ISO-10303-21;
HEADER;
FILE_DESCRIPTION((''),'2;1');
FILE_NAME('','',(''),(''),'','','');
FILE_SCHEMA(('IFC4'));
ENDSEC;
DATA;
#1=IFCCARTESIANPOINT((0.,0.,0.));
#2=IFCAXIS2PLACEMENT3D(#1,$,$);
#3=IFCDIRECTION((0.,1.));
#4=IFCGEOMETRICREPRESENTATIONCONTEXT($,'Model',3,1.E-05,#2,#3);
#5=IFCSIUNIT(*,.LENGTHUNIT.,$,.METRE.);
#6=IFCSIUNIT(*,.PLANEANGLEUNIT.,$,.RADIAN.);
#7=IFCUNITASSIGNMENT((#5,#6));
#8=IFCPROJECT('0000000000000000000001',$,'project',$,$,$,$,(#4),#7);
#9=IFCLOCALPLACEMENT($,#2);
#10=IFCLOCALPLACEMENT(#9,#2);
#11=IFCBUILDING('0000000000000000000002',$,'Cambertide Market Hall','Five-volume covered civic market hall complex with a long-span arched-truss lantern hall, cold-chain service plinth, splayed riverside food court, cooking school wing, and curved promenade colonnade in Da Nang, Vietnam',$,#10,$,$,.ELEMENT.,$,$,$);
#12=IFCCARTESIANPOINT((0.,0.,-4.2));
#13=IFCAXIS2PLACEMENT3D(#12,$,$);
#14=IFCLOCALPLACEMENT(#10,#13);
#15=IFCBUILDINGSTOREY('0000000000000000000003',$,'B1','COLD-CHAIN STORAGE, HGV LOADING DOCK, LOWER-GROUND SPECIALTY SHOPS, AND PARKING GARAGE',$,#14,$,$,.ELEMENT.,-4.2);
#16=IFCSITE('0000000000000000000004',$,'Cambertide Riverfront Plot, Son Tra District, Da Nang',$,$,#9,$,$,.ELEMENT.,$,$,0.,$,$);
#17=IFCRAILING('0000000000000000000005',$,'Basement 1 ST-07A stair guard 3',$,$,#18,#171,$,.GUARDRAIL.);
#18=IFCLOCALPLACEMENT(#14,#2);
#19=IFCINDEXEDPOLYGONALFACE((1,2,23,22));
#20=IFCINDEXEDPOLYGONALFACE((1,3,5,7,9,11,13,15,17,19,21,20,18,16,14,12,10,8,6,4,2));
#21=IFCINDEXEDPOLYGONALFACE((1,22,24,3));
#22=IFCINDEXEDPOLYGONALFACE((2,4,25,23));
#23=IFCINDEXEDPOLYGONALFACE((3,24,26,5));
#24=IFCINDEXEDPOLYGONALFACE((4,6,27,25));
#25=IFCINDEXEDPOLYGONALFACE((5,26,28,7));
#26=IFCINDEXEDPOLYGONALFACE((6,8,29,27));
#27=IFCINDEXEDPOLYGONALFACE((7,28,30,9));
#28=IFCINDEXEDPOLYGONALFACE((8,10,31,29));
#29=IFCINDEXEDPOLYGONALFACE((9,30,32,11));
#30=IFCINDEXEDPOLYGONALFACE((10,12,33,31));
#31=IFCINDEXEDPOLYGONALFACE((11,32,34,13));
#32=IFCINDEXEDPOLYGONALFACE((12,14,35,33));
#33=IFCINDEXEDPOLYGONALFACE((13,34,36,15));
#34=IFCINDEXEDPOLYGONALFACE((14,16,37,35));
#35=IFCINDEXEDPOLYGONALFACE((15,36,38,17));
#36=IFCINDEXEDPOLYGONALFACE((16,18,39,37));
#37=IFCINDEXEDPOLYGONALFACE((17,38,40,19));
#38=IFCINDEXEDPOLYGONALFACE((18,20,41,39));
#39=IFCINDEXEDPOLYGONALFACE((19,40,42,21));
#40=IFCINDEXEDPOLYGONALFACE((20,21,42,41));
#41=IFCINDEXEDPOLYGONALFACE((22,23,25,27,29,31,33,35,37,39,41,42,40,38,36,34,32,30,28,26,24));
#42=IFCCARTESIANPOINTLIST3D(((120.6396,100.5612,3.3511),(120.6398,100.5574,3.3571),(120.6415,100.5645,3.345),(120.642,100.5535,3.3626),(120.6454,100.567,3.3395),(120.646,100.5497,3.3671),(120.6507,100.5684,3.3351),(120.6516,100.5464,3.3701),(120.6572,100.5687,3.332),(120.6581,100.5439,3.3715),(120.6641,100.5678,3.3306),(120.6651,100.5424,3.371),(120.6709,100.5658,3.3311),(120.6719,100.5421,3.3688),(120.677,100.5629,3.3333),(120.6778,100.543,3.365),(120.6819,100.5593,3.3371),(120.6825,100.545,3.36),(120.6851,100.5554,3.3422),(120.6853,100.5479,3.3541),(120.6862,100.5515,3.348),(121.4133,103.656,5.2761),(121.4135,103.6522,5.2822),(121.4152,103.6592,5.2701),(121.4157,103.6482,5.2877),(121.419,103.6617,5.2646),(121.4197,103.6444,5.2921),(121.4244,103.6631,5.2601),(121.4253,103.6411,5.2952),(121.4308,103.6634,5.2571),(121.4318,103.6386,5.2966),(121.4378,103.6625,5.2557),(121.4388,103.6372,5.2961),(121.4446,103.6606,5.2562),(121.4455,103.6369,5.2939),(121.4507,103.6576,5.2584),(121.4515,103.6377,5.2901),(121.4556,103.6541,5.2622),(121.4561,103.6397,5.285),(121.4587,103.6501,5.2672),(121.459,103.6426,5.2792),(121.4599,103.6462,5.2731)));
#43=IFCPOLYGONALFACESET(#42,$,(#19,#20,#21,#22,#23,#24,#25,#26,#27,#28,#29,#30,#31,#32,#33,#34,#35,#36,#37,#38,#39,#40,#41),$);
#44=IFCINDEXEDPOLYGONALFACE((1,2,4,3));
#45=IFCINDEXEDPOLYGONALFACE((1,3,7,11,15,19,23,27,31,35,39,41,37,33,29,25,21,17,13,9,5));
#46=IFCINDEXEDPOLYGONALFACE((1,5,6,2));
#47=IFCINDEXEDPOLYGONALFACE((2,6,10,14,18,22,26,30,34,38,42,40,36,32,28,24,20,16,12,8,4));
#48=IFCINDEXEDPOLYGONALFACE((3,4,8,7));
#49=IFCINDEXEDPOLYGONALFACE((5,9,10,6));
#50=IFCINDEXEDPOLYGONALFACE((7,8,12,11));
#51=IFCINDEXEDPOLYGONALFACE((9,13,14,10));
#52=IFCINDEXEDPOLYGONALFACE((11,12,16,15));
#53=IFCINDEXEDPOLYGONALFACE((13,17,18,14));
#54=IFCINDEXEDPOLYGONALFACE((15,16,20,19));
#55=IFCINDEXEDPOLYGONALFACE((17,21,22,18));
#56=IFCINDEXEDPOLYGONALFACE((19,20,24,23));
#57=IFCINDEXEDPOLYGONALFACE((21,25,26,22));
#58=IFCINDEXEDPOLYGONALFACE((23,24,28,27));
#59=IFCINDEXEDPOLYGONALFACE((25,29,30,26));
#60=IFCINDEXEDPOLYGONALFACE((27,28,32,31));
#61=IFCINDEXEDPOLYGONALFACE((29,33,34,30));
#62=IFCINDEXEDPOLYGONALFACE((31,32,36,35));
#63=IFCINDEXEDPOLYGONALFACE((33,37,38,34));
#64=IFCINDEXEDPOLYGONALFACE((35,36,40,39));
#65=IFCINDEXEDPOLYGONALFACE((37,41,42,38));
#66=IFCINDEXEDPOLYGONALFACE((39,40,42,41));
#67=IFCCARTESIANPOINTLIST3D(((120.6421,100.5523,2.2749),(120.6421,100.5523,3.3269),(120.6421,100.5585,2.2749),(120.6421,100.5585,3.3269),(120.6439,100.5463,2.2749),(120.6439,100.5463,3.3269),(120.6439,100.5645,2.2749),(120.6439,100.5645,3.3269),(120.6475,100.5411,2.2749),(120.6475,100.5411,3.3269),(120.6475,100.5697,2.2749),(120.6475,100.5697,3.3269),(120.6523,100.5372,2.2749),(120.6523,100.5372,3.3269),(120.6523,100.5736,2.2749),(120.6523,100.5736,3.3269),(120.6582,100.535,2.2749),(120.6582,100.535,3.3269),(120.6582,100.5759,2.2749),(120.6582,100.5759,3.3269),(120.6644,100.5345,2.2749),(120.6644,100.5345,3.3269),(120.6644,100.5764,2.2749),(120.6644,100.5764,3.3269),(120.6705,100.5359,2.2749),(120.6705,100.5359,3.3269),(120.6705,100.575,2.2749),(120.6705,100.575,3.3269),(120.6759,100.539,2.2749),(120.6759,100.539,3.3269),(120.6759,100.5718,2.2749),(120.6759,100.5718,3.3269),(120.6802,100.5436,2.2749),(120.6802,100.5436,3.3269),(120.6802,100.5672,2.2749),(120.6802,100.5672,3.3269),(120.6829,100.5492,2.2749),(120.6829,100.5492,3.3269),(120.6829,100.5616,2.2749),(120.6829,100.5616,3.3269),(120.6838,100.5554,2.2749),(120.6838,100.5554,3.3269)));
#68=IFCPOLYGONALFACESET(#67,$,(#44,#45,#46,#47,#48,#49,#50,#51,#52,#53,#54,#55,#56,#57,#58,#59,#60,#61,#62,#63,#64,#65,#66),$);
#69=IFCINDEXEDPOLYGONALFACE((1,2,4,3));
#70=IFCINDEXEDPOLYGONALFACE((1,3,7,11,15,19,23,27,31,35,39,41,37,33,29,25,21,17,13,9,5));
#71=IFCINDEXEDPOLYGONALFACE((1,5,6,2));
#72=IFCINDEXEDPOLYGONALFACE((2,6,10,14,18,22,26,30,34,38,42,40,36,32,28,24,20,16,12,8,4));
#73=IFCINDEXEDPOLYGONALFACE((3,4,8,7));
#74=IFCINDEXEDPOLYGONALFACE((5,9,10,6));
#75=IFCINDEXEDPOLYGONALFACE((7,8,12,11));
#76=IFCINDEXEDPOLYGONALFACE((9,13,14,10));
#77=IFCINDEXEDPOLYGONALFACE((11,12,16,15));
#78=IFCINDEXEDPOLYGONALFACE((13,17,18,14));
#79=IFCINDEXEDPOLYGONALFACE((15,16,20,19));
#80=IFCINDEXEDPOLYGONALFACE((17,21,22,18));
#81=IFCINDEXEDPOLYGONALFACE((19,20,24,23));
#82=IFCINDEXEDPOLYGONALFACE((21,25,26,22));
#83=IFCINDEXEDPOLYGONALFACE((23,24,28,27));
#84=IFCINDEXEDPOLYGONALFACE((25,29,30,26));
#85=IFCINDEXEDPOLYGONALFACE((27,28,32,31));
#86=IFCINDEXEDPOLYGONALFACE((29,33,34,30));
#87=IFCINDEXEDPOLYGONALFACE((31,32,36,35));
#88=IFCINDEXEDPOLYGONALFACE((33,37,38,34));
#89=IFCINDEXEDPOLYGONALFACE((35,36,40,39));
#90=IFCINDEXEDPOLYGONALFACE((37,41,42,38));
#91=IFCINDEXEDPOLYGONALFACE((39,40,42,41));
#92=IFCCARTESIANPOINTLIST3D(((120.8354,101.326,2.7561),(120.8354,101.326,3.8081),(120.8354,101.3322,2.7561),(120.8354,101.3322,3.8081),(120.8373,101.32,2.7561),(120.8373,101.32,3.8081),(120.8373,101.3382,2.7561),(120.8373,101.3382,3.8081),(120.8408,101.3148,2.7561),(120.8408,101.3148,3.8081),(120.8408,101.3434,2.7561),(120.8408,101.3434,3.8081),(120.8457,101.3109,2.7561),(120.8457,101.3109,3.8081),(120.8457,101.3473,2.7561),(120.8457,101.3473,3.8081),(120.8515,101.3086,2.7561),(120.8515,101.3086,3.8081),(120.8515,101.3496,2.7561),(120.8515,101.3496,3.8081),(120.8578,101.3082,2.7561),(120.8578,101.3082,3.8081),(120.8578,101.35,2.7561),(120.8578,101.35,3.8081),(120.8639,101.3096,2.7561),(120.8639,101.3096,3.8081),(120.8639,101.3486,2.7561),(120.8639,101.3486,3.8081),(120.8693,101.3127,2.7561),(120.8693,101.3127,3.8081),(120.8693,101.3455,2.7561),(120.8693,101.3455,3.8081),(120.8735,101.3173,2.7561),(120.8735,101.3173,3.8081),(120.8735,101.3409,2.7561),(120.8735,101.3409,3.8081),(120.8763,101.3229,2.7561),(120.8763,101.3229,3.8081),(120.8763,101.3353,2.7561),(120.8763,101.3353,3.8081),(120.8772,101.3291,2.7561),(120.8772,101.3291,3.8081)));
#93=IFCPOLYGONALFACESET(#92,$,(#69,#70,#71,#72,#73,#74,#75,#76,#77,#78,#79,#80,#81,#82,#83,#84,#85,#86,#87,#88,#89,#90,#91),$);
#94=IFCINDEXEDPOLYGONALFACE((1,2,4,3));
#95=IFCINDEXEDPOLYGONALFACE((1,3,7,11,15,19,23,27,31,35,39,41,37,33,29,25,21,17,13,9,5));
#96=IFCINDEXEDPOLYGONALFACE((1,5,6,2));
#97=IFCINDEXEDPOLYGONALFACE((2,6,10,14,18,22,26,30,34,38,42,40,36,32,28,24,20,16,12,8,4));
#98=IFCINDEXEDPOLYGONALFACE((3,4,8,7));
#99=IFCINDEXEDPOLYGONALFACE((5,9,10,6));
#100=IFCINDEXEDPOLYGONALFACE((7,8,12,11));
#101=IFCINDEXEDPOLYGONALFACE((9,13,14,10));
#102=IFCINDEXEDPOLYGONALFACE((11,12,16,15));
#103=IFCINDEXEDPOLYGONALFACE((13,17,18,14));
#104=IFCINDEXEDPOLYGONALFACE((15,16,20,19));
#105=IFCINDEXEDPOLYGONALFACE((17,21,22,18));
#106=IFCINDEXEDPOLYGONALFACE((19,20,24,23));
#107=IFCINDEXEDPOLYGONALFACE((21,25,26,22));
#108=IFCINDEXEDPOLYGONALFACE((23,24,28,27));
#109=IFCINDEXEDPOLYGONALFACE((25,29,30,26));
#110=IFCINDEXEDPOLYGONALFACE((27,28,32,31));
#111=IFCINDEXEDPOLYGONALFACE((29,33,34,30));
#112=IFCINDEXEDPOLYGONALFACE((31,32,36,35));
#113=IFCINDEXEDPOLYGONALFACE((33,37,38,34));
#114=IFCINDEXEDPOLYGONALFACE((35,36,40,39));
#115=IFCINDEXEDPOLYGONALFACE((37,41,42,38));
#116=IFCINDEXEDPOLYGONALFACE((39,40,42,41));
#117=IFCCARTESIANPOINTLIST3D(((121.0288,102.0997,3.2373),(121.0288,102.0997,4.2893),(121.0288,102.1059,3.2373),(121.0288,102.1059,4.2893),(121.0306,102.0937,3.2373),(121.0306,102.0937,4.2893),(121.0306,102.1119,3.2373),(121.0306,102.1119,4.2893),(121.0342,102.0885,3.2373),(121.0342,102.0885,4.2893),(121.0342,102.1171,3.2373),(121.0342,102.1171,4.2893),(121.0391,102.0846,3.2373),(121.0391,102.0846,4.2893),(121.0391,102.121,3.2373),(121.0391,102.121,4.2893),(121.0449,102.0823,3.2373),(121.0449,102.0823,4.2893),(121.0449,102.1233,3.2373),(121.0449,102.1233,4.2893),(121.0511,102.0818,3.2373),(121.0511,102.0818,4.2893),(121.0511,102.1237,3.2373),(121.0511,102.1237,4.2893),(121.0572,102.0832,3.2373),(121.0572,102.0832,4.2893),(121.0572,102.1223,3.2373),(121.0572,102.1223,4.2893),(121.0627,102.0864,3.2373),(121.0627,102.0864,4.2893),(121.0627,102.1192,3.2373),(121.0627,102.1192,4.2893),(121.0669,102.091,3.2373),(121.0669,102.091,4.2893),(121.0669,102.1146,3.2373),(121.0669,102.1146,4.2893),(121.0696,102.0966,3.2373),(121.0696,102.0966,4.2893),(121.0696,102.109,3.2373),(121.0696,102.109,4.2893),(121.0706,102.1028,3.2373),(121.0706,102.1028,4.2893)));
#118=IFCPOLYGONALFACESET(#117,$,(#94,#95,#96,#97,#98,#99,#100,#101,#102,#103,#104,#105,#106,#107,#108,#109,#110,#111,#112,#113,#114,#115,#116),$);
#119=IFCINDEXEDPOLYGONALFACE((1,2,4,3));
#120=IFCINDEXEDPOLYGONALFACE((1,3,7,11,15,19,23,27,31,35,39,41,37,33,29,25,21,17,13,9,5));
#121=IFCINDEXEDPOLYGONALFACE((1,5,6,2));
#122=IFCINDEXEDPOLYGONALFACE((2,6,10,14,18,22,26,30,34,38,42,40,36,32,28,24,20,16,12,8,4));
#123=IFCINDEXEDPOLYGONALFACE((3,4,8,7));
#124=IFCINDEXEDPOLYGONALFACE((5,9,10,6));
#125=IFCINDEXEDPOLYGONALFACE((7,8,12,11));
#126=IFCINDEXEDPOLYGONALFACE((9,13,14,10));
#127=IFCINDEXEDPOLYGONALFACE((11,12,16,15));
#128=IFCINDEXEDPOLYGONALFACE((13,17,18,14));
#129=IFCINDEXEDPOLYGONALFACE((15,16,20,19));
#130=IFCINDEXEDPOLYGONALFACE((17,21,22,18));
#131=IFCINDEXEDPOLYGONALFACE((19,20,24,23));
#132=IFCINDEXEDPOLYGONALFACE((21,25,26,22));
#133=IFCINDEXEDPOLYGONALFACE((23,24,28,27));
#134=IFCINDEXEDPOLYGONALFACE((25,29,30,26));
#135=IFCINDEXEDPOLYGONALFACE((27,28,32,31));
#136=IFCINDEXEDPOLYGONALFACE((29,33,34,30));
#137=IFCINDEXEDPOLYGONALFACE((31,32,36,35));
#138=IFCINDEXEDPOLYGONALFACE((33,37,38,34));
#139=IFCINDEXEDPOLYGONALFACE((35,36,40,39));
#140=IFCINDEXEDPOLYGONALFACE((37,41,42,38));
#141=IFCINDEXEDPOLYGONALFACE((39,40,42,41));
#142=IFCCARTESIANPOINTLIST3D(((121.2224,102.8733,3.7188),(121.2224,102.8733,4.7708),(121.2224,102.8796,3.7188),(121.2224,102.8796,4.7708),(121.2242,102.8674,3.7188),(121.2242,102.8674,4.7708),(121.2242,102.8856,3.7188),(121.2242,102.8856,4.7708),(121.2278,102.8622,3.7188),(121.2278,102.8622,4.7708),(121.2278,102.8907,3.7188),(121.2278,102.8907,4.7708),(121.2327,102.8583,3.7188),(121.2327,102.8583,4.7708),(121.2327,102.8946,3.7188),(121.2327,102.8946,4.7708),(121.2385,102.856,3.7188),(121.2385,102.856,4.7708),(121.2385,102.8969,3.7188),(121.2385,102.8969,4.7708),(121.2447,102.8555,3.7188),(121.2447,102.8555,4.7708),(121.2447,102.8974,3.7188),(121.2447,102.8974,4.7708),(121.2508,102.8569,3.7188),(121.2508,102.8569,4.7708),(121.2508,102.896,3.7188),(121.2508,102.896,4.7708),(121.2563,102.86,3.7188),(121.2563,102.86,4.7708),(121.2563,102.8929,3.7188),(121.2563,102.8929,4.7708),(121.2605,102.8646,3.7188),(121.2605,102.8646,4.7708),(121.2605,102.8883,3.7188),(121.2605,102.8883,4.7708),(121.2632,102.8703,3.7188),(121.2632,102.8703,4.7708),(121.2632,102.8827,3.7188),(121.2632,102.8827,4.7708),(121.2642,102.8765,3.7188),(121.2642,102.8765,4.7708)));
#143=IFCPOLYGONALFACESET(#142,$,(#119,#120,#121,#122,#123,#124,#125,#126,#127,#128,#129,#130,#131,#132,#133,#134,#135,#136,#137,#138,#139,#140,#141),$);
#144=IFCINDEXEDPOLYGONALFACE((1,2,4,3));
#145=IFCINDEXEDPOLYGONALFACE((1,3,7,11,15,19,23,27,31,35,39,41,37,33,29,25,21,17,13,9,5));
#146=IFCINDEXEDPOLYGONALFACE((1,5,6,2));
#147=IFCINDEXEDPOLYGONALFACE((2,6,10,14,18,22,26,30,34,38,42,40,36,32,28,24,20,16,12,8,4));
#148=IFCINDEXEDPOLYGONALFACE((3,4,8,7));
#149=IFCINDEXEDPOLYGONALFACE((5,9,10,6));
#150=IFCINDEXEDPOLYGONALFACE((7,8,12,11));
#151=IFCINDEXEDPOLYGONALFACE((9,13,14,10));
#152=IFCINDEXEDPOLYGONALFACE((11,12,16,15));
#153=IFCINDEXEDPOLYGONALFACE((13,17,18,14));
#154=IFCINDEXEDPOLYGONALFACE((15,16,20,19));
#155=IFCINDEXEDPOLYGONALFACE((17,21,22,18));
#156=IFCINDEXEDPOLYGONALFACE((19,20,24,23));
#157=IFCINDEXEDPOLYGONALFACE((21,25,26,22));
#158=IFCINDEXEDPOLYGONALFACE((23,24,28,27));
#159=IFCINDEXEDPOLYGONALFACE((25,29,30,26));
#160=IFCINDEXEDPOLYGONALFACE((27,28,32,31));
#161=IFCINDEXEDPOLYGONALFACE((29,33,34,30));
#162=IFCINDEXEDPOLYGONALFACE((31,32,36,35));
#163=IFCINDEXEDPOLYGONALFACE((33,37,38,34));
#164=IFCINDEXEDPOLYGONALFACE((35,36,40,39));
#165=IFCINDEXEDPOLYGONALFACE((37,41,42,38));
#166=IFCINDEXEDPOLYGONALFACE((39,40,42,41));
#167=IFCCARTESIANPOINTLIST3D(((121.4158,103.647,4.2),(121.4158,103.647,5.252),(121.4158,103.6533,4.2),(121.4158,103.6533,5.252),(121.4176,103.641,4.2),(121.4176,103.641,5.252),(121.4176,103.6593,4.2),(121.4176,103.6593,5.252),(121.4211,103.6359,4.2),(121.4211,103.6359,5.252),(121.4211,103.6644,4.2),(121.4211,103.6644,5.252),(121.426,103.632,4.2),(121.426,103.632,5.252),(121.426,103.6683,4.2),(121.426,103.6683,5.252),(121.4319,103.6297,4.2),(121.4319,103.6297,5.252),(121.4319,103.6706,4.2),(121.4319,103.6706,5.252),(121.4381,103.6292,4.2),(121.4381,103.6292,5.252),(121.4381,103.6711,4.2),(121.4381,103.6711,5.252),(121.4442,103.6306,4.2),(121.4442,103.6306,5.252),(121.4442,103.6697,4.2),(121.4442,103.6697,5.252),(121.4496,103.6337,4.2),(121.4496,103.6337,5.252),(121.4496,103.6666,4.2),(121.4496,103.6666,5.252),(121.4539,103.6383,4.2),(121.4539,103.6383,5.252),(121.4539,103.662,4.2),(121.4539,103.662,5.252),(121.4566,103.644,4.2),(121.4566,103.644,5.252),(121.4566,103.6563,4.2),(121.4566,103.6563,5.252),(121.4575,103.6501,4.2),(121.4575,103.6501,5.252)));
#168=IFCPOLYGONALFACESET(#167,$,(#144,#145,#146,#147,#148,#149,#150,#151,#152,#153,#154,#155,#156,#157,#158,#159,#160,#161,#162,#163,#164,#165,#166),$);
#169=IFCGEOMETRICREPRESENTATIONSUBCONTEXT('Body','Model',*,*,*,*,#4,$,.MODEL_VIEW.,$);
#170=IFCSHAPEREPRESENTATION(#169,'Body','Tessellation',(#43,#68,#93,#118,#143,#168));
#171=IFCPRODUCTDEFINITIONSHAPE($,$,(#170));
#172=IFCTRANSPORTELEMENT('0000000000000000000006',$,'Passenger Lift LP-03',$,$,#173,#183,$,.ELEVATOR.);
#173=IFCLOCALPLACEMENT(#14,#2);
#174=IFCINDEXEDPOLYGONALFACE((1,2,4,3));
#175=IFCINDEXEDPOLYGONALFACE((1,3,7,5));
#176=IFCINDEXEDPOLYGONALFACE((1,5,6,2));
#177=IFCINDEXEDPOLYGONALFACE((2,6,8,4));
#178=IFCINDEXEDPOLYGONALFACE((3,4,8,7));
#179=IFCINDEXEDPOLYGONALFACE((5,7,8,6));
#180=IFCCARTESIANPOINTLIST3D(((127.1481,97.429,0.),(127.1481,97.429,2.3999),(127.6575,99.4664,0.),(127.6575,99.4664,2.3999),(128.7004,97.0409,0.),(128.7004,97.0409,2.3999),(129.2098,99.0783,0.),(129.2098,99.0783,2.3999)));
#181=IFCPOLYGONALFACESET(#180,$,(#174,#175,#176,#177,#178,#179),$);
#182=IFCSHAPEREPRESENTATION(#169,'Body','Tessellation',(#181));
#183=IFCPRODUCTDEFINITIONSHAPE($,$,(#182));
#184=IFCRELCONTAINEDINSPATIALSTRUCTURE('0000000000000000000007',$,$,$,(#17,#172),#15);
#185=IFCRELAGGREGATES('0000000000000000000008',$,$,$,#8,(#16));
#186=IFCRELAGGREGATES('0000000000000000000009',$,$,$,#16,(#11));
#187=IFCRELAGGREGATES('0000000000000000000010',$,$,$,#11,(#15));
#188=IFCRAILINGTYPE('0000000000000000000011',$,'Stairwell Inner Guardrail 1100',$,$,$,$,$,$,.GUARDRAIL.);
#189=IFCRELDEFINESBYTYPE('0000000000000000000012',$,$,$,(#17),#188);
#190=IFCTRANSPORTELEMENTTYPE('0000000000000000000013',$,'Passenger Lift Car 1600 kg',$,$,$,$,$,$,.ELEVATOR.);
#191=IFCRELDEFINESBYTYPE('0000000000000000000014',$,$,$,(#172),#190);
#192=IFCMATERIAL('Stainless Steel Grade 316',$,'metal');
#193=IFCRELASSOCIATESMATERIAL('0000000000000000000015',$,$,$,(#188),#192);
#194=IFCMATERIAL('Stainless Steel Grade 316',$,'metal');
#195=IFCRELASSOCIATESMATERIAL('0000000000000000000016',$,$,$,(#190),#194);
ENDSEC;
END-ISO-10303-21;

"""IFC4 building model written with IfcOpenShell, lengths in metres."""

from ifc_helpers import new_model, si_unit, direction, frame, origin, origin_2d, place, context, subcontext, project, spatial, rectangle, circle, extrude, material, type_object, element, save


model = new_model("IFC4")

# Units and contexts
model_context = context("Model", 3, precision=1e-05, world=origin(), true_north=direction((0.0, 1.0)))
body_context = subcontext(model_context, "Body", "Model", "MODEL_VIEW")
ifc_project = project(units=[si_unit("LENGTHUNIT", "METRE"), si_unit("PLANEANGLEUNIT", "RADIAN")], contexts=[model_context])

# Site, building, storey
site_placement = place(None, origin())
site = spatial("IfcSite", under=ifc_project, at=site_placement, Name="Cambertide Riverfront Plot, Son Tra District, Da Nang", CompositionType="ELEMENT", RefElevation=0.0)
building_placement = place(site_placement, origin())
building = spatial("IfcBuilding", under=site, at=building_placement, Name="Cambertide Market Hall", Description="Five-volume covered civic market hall complex with a long-span arched-truss lantern hall, cold-chain service plinth, splayed riverside food court, cooking school wing, and curved promenade colonnade in Da Nang, Vietnam", CompositionType="ELEMENT")
storey_placement = place(building_placement, frame((0.0, 0.0, -4.2)))
storey = spatial("IfcBuildingStorey", under=building, at=storey_placement, Name="B1", Description="COLD-CHAIN STORAGE, HGV LOADING DOCK, LOWER-GROUND SPECIALTY SHOPS, AND PARKING GARAGE", CompositionType="ELEMENT", Elevation=-4.2)

# Railing
ifc_material_1 = material(Name="Stainless Steel Grade 316", Category="metal")
railing_type_1 = type_object("IfcRailingType", Name="Stairwell Inner Guardrail 1100", PredefinedType="GUARDRAIL", material=ifc_material_1)
railing_1_placement = place(storey_placement, frame((120.6628, 100.5554, 2.2749)))
element("IfcRailing", 1, at=railing_1_placement, inside=storey, type_object=railing_type_1, Name="Basement 1 ST-07A stair guard 3", PredefinedType="GUARDRAIL", context=body_context, shape_type="SweptSolid", body=[
    extrude(circle(Radius=0.0239, at=origin_2d()), frame((0.0, 0.0, 1.0762), z_axis=(0.207654, 0.830616, 0.516678), x_axis=(-0.970143, 0.242536, 0.0)), (0.0, 0.0, 1.0), 3.7258),
    extrude(circle(Radius=0.021, at=origin_2d()), origin(), (0.0, 0.0, 1.0), 1.052),
    extrude(circle(Radius=0.021, at=origin_2d()), frame((0.1934, 0.7737, 0.4812)), (0.0, 0.0, 1.0), 1.052),
    extrude(circle(Radius=0.021, at=origin_2d()), frame((0.3867, 1.5474, 0.9624)), (0.0, 0.0, 1.0), 1.052),
    extrude(circle(Radius=0.021, at=origin_2d()), frame((0.5803, 2.321, 1.4438)), (0.0, 0.0, 1.0), 1.052),
    extrude(circle(Radius=0.021, at=origin_2d()), frame((0.7737, 3.0947, 1.925)), (0.0, 0.0, 1.0), 1.052),
])

# Transport element
ifc_material_2 = material(Name="Stainless Steel Grade 316", Category="metal")
transport_element_type = type_object("IfcTransportElementType", Name="Passenger Lift Car 1600 kg", PredefinedType="ELEVATOR", material=ifc_material_2)
transport_element_placement = place(storey_placement, frame((128.179, 98.2537, 0.0), z_axis=(0.0, 0.0, 1.0), x_axis=(0.970143, -0.242536, 0.0)))
element("IfcTransportElement", 2, at=transport_element_placement, inside=storey, type_object=transport_element_type, Name="Passenger Lift LP-03", PredefinedType="ELEVATOR", context=body_context, shape_type="SweptSolid", body=[
    extrude(rectangle(XDim=1.6001, YDim=2.1001, at=origin_2d()), origin(), (0.0, 0.0, 1.0), 2.3999),
])

save(model, "model.ifc")
